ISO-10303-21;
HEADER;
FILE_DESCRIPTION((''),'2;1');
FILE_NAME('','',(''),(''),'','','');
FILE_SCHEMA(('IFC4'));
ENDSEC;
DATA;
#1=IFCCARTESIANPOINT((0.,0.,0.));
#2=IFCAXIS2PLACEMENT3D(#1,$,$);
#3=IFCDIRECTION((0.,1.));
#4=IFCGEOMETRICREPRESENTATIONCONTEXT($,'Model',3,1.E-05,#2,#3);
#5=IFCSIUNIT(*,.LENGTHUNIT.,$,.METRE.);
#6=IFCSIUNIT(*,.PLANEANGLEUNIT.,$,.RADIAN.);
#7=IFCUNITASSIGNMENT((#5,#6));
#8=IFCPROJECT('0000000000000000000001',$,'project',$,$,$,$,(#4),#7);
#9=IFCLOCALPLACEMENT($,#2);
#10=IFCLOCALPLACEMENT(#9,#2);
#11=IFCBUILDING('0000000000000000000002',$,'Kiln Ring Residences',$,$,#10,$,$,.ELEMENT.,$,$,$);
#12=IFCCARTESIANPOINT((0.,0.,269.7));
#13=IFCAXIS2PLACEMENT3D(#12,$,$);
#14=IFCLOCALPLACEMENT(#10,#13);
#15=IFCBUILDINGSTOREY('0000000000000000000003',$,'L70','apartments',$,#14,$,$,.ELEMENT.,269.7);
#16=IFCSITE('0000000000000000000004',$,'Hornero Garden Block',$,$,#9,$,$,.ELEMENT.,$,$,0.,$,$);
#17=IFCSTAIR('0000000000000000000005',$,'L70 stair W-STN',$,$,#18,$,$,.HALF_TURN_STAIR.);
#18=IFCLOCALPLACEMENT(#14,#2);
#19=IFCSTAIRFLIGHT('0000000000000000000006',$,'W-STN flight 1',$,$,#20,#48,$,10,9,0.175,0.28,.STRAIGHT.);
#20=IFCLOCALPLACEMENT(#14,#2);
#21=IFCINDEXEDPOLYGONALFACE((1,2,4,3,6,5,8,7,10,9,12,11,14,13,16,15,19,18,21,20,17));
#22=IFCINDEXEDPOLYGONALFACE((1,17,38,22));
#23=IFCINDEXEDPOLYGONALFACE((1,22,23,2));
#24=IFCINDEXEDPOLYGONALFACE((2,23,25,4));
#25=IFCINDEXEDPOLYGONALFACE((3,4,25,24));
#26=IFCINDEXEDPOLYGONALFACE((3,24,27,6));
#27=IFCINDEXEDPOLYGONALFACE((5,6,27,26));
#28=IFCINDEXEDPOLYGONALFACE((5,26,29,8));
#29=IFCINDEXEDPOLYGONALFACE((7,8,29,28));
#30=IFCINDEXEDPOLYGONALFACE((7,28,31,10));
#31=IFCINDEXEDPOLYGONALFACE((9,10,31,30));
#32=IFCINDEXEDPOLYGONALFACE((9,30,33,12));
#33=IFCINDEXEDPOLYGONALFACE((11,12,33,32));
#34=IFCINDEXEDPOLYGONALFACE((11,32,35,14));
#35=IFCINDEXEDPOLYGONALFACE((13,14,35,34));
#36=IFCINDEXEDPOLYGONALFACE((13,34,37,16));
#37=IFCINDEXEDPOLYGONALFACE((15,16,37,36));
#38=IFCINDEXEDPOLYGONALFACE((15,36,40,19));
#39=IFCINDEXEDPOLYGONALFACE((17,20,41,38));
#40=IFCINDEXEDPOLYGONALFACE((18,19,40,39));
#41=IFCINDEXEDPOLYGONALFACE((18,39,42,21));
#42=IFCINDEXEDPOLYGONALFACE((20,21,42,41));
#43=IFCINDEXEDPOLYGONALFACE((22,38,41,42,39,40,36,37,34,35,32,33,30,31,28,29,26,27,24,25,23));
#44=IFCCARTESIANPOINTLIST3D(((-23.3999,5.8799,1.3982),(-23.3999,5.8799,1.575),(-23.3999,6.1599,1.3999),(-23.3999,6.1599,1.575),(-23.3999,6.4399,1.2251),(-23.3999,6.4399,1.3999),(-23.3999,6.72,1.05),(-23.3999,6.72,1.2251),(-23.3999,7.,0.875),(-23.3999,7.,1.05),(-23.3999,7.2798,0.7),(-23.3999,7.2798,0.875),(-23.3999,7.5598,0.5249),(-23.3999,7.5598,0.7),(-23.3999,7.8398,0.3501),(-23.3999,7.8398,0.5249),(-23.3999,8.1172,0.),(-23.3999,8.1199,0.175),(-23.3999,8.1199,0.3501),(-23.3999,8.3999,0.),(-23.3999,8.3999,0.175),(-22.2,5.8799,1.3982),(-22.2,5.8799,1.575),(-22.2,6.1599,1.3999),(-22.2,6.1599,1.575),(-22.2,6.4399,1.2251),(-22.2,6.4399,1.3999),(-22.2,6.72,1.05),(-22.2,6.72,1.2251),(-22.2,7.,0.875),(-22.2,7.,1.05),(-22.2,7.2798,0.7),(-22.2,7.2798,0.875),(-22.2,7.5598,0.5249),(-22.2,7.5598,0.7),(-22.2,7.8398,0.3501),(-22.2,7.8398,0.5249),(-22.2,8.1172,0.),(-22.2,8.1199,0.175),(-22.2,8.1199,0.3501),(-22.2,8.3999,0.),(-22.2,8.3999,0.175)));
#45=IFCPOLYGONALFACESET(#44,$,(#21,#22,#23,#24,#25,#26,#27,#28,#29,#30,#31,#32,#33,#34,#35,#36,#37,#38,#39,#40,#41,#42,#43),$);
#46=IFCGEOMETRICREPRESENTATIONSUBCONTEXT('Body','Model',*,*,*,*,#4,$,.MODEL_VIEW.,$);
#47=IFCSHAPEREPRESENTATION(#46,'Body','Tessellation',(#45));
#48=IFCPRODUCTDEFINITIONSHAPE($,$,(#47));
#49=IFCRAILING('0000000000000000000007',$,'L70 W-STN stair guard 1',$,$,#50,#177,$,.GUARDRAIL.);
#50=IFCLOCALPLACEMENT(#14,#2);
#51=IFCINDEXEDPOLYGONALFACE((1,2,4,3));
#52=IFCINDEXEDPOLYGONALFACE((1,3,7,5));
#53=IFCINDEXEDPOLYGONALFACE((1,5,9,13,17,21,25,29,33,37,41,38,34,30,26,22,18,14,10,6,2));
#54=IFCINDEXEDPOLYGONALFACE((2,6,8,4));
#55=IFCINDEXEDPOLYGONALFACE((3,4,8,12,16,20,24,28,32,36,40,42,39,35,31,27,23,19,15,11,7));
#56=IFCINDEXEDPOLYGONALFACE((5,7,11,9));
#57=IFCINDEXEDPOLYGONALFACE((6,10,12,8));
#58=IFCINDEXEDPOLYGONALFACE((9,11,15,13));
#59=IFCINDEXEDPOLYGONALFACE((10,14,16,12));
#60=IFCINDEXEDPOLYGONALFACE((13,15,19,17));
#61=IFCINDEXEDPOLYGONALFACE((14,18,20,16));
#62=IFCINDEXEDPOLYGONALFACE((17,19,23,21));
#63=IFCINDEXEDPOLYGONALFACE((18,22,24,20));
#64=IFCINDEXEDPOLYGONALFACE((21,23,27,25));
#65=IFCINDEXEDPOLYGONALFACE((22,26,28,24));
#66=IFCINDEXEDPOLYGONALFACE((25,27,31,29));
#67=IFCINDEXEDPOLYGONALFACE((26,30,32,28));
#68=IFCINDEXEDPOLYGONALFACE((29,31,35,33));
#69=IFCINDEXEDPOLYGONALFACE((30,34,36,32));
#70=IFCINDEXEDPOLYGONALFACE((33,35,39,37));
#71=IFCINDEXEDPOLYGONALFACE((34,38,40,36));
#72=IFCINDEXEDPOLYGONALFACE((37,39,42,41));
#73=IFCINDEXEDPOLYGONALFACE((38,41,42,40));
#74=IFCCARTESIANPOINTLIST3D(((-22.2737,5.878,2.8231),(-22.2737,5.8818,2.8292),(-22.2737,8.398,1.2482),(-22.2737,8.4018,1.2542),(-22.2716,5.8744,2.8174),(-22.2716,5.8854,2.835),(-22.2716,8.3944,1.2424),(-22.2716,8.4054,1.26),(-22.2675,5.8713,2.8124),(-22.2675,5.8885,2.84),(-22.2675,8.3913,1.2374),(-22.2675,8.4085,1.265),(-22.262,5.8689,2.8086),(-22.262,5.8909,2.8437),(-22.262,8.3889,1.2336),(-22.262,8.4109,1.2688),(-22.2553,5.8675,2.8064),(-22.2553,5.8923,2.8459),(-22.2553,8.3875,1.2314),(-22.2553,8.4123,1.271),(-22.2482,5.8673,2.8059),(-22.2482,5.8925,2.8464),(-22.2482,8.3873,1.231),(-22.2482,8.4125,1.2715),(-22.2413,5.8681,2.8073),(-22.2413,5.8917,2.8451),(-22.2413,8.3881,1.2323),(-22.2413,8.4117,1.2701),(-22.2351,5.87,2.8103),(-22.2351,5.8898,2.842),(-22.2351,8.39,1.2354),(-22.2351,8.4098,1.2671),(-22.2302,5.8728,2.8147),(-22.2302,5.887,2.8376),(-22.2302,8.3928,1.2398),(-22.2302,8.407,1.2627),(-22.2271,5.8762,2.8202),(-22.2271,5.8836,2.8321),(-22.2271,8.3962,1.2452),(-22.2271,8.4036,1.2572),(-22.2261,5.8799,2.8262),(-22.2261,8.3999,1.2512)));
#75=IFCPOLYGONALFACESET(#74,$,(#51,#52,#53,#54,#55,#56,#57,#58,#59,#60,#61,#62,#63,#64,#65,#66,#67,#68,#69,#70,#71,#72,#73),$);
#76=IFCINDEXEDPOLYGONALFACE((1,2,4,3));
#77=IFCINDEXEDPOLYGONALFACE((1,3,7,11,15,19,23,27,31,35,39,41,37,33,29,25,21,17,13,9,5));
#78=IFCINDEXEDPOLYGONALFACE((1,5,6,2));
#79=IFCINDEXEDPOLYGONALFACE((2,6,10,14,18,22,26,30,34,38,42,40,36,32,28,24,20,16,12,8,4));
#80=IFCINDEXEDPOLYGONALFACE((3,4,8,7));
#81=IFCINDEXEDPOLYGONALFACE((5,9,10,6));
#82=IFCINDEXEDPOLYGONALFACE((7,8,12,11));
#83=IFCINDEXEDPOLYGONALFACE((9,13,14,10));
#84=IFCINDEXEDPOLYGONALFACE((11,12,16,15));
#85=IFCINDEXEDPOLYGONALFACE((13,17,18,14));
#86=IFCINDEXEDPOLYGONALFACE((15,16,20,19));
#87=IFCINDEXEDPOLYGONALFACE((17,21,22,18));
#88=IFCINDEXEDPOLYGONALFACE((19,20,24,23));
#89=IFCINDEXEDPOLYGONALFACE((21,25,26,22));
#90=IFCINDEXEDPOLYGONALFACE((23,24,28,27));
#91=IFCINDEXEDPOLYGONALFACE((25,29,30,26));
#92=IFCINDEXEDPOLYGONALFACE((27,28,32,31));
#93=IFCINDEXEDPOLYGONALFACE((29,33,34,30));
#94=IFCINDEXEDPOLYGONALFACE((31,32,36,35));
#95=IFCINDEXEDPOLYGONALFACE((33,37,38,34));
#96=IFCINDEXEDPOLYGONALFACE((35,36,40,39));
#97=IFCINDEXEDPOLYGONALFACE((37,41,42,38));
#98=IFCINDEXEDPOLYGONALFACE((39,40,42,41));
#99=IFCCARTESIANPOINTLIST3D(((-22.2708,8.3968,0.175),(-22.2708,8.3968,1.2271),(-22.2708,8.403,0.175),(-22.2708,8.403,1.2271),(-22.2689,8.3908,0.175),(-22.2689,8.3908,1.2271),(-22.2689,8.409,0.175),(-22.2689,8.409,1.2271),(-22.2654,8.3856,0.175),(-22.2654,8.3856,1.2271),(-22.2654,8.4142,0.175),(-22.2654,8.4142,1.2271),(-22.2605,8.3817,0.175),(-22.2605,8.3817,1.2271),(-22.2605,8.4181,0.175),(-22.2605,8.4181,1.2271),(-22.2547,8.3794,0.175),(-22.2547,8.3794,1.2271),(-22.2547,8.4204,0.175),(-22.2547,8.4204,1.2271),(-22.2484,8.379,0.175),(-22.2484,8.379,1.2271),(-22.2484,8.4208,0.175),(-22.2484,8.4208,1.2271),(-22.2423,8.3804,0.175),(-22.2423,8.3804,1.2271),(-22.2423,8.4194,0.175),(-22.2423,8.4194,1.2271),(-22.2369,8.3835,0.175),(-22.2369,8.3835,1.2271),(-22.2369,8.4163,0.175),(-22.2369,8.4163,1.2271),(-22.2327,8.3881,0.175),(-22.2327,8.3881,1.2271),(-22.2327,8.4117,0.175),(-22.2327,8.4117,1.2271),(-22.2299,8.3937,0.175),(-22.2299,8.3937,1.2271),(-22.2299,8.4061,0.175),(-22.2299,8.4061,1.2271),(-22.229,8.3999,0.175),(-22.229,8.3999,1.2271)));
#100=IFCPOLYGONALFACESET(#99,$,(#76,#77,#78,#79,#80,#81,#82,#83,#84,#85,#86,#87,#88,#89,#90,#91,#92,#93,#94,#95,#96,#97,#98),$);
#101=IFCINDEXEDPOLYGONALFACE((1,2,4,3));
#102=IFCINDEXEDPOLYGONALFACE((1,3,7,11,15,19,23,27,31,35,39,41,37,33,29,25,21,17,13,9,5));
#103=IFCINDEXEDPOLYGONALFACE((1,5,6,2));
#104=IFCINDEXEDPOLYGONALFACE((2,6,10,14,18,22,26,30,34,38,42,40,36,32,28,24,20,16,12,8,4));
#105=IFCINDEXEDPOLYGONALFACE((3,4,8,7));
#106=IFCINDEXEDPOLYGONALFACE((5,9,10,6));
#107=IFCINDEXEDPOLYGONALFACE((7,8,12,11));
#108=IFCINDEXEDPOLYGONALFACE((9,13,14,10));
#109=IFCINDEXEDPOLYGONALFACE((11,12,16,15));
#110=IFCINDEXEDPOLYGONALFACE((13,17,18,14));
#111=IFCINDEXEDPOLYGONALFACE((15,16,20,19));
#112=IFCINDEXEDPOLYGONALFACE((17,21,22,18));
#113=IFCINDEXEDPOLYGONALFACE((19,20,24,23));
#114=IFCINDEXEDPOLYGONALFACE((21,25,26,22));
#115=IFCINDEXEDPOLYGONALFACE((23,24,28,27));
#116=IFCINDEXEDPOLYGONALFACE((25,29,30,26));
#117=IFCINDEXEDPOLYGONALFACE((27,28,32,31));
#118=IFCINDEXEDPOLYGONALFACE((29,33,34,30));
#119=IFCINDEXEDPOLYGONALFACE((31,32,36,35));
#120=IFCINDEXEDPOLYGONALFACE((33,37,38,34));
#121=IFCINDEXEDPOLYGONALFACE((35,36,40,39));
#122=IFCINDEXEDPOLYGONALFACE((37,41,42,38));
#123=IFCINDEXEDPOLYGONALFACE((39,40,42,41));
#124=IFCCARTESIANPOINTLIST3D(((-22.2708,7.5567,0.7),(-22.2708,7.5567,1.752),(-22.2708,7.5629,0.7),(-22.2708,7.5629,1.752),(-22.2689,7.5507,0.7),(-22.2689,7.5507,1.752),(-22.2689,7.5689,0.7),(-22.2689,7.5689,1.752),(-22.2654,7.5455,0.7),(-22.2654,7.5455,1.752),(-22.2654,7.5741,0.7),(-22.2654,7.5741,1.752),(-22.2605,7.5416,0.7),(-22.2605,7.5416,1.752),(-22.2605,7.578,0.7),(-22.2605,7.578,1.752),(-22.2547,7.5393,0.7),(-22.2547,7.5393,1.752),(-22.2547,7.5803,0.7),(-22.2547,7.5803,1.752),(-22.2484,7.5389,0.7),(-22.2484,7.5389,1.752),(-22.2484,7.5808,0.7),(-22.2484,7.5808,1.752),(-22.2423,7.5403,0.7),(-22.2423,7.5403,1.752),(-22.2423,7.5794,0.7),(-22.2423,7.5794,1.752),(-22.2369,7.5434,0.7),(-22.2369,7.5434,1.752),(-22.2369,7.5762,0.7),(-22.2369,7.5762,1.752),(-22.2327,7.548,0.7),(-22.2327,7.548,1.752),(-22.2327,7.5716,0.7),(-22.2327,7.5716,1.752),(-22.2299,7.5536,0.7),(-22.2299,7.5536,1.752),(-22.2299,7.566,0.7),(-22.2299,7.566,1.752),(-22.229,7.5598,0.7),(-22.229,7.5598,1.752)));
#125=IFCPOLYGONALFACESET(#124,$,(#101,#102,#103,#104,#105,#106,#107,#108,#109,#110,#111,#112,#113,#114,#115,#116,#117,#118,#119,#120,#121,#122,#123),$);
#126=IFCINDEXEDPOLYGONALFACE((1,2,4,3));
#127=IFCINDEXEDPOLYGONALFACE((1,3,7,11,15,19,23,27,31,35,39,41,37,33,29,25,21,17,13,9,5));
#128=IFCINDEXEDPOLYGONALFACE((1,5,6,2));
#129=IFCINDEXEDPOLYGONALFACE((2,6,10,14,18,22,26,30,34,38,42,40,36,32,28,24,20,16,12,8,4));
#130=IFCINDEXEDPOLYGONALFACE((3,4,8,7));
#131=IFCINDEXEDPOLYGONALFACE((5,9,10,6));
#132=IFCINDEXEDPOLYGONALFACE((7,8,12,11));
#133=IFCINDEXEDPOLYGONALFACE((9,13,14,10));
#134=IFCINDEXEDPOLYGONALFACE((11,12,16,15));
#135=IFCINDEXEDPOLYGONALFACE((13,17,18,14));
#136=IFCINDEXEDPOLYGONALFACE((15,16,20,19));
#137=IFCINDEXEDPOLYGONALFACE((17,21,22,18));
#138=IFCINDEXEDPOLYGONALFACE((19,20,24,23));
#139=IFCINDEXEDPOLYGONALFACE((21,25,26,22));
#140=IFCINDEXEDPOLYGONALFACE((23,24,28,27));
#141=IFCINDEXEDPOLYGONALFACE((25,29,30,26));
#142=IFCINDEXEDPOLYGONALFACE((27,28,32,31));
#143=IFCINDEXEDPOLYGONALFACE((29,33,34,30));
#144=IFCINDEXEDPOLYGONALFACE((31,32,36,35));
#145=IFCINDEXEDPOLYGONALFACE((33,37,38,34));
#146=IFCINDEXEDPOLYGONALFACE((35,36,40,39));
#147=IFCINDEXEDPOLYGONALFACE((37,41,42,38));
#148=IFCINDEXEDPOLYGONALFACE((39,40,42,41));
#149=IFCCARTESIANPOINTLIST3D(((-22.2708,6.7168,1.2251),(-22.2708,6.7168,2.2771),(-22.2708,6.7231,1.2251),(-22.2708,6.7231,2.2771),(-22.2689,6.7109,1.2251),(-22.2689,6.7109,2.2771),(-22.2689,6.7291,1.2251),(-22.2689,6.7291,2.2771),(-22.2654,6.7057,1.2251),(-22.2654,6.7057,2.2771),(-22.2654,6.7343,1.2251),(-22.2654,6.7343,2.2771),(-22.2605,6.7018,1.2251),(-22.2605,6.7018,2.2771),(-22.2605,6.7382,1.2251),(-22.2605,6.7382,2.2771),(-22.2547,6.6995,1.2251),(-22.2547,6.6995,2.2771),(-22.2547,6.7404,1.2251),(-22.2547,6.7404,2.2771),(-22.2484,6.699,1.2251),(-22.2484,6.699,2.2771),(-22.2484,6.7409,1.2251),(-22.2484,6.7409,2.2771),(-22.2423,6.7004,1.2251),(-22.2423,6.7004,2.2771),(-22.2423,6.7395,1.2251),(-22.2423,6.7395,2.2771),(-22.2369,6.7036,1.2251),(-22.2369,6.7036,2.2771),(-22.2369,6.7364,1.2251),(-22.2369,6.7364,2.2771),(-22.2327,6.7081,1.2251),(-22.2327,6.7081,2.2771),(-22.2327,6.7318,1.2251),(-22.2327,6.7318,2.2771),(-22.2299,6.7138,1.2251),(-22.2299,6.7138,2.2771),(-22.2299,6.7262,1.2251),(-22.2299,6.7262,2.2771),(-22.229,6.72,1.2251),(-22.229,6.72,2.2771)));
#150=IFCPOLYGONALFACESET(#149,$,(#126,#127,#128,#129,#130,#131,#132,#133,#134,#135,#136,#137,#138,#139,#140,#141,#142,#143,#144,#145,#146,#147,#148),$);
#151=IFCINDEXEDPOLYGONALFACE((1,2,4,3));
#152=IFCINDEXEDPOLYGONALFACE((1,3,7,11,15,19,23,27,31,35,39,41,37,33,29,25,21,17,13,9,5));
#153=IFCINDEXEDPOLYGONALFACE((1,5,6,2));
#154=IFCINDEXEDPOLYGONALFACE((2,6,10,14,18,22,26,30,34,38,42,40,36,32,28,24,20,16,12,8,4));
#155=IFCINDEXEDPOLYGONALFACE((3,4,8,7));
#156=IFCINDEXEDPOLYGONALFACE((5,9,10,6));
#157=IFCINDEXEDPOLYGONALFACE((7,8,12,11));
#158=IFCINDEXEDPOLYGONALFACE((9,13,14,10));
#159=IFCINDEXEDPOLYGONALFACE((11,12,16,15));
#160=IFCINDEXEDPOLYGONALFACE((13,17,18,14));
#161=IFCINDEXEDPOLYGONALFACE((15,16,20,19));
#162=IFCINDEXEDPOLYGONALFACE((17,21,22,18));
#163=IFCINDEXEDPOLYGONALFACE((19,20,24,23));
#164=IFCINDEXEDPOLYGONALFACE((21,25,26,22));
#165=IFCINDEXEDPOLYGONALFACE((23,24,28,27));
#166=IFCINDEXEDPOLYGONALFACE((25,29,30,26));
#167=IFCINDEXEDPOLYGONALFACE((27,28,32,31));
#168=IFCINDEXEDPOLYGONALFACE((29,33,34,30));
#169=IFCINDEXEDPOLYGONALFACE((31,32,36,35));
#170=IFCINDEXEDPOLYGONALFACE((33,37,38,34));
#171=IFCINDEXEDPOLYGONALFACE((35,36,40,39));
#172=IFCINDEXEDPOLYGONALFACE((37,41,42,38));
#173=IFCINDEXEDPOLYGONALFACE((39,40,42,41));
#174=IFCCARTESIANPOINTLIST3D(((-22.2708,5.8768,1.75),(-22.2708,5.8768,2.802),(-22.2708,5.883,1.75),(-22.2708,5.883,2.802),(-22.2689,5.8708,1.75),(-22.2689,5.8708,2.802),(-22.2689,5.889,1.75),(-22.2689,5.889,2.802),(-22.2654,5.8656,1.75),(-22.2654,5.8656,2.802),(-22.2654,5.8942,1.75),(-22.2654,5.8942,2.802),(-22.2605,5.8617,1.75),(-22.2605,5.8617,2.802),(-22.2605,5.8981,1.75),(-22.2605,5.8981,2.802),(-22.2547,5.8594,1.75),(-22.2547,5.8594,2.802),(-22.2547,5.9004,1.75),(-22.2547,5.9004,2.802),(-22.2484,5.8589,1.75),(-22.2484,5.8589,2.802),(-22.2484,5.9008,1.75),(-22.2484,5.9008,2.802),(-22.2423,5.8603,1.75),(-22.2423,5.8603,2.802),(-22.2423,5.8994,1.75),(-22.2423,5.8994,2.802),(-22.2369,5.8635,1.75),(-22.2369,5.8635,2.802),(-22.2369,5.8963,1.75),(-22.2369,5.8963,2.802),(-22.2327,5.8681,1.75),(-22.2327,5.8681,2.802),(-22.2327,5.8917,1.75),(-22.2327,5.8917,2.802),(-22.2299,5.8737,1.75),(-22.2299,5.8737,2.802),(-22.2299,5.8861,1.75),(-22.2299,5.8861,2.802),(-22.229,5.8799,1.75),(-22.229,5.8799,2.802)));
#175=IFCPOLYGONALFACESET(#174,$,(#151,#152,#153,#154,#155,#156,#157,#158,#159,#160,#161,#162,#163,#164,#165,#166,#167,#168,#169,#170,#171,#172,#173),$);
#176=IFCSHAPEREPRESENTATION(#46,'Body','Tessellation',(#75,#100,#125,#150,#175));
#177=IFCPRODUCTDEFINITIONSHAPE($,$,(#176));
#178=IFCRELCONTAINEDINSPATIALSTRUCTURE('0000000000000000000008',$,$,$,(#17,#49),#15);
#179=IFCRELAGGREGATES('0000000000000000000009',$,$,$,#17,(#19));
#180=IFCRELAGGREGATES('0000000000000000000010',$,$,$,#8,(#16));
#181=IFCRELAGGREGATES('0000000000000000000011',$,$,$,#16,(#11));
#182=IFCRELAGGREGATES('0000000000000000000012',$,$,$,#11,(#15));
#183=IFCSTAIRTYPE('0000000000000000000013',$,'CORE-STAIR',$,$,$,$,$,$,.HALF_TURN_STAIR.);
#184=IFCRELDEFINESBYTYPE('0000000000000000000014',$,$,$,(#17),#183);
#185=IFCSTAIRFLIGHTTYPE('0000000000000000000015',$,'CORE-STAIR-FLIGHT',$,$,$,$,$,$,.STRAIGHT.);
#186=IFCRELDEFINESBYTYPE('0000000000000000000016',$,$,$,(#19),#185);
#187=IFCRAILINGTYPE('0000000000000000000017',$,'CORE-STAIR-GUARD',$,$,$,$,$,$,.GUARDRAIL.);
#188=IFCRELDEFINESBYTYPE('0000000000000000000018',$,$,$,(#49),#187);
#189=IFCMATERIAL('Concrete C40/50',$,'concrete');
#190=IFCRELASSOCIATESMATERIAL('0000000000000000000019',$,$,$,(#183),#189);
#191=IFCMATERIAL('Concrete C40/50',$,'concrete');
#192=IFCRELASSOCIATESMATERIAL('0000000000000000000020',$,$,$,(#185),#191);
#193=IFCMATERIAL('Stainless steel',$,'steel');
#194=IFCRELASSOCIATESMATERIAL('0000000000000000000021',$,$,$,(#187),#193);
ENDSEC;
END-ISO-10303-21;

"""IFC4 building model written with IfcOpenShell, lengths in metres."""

from ifc_helpers import new_model, si_unit, direction, frame, origin, origin_2d, place, context, subcontext, project, spatial, polyline, circle, outline, extrude, material, type_object, element, aggregate, save


model = new_model("IFC4")

# Units and contexts
model_context = context("Model", 3, precision=1e-05, world=origin(), true_north=direction((0.0, 1.0)))
body_context = subcontext(model_context, "Body", "Model", "MODEL_VIEW")
ifc_project = project(units=[si_unit("LENGTHUNIT", "METRE"), si_unit("PLANEANGLEUNIT", "RADIAN")], contexts=[model_context])

# Site, building, storey
site_placement = place(None, origin())
site = spatial("IfcSite", under=ifc_project, at=site_placement, Name="Hornero Garden Block", CompositionType="ELEMENT", RefElevation=0.0)
building_placement = place(site_placement, origin())
building = spatial("IfcBuilding", under=site, at=building_placement, Name="Kiln Ring Residences", CompositionType="ELEMENT")
storey_placement = place(building_placement, frame((0.0, 0.0, 269.7)))
storey = spatial("IfcBuildingStorey", under=building, at=storey_placement, Name="L70", Description="apartments", CompositionType="ELEMENT", Elevation=269.7)

# Stair, stair flight
ifc_material_1 = material(Name="Concrete C40/50", Category="concrete")
stair_type = type_object("IfcStairType", Name="CORE-STAIR", PredefinedType="HALF_TURN_STAIR", material=ifc_material_1)
stair_placement = place(storey_placement, origin())
stair = element("IfcStair", 1, at=stair_placement, inside=storey, type_object=stair_type, Name="L70 stair W-STN", PredefinedType="HALF_TURN_STAIR")
ifc_material_2 = material(Name="Concrete C40/50", Category="concrete")
stair_flight_type = type_object("IfcStairFlightType", Name="CORE-STAIR-FLIGHT", PredefinedType="STRAIGHT", material=ifc_material_2)
stair_flight_placement = place(storey_placement, frame((-22.8, 8.3999, 0.0), z_axis=(0.0, 0.0, 1.0), x_axis=(0.0, -1.0, 0.0)))
stair_flight = element("IfcStairFlight", 2, at=stair_flight_placement, type_object=stair_flight_type, Name="W-STN flight 1", NumberOfRisers=10, NumberOfTreads=9, PredefinedType="STRAIGHT", RiserHeight=0.175, TreadLength=0.28, context=body_context, shape_type="SweptSolid", body=[
    extrude(outline(polyline([(0.0, 0.0), (0.0, 0.175), (0.28, 0.175), (0.28, 0.3501), (0.5601, 0.3501), (0.5601, 0.5249), (0.8401, 0.5249), (0.8401, 0.7), (1.1201, 0.7), (1.1201, 0.875), (1.3999, 0.875), (1.3999, 1.05), (1.6799, 1.05), (1.6799, 1.2251), (1.96, 1.2251), (1.96, 1.3999), (2.24, 1.3999), (2.24, 1.575), (2.52, 1.575), (2.52, 1.75), (2.52, 1.3982), (0.2827, 0.0), (0.0, 0.0)])), frame((0.0, 0.6001, 0.0), z_axis=(0.0, -1.0, 0.0), x_axis=(1.0, 0.0, 0.0)), (0.0, 0.0, 1.0), 1.2),
])
aggregate(stair, [stair_flight])

# Railing
ifc_material_3 = material(Name="Stainless steel", Category="steel")
railing_type = type_object("IfcRailingType", Name="CORE-STAIR-GUARD", PredefinedType="GUARDRAIL", material=ifc_material_3)
railing_1_placement = place(storey_placement, frame((-22.25, 8.3999, 0.175)))
element("IfcRailing", 3, at=railing_1_placement, inside=storey, type_object=railing_type, Name="L70 W-STN stair guard 1", PredefinedType="GUARDRAIL", context=body_context, shape_type="SweptSolid", body=[
    extrude(circle(Radius=0.0239, at=origin_2d()), frame((0.0, 0.0, 1.0762), z_axis=(0.0, -0.848008, 0.529984), x_axis=(1.0, 0.0, 0.0)), (0.0, 0.0, 1.0), 2.9717),
    extrude(circle(Radius=0.021, at=origin_2d()), origin(), (0.0, 0.0, 1.0), 1.052),
    extrude(circle(Radius=0.021, at=origin_2d()), frame((0.0, -0.8401, 0.5249)), (0.0, 0.0, 1.0), 1.052),
    extrude(circle(Radius=0.021, at=origin_2d()), frame((0.0, -1.6799, 1.05)), (0.0, 0.0, 1.0), 1.052),
    extrude(circle(Radius=0.021, at=origin_2d()), frame((0.0, -2.52, 1.575)), (0.0, 0.0, 1.0), 1.052),
])

save(model, "model.ifc")
